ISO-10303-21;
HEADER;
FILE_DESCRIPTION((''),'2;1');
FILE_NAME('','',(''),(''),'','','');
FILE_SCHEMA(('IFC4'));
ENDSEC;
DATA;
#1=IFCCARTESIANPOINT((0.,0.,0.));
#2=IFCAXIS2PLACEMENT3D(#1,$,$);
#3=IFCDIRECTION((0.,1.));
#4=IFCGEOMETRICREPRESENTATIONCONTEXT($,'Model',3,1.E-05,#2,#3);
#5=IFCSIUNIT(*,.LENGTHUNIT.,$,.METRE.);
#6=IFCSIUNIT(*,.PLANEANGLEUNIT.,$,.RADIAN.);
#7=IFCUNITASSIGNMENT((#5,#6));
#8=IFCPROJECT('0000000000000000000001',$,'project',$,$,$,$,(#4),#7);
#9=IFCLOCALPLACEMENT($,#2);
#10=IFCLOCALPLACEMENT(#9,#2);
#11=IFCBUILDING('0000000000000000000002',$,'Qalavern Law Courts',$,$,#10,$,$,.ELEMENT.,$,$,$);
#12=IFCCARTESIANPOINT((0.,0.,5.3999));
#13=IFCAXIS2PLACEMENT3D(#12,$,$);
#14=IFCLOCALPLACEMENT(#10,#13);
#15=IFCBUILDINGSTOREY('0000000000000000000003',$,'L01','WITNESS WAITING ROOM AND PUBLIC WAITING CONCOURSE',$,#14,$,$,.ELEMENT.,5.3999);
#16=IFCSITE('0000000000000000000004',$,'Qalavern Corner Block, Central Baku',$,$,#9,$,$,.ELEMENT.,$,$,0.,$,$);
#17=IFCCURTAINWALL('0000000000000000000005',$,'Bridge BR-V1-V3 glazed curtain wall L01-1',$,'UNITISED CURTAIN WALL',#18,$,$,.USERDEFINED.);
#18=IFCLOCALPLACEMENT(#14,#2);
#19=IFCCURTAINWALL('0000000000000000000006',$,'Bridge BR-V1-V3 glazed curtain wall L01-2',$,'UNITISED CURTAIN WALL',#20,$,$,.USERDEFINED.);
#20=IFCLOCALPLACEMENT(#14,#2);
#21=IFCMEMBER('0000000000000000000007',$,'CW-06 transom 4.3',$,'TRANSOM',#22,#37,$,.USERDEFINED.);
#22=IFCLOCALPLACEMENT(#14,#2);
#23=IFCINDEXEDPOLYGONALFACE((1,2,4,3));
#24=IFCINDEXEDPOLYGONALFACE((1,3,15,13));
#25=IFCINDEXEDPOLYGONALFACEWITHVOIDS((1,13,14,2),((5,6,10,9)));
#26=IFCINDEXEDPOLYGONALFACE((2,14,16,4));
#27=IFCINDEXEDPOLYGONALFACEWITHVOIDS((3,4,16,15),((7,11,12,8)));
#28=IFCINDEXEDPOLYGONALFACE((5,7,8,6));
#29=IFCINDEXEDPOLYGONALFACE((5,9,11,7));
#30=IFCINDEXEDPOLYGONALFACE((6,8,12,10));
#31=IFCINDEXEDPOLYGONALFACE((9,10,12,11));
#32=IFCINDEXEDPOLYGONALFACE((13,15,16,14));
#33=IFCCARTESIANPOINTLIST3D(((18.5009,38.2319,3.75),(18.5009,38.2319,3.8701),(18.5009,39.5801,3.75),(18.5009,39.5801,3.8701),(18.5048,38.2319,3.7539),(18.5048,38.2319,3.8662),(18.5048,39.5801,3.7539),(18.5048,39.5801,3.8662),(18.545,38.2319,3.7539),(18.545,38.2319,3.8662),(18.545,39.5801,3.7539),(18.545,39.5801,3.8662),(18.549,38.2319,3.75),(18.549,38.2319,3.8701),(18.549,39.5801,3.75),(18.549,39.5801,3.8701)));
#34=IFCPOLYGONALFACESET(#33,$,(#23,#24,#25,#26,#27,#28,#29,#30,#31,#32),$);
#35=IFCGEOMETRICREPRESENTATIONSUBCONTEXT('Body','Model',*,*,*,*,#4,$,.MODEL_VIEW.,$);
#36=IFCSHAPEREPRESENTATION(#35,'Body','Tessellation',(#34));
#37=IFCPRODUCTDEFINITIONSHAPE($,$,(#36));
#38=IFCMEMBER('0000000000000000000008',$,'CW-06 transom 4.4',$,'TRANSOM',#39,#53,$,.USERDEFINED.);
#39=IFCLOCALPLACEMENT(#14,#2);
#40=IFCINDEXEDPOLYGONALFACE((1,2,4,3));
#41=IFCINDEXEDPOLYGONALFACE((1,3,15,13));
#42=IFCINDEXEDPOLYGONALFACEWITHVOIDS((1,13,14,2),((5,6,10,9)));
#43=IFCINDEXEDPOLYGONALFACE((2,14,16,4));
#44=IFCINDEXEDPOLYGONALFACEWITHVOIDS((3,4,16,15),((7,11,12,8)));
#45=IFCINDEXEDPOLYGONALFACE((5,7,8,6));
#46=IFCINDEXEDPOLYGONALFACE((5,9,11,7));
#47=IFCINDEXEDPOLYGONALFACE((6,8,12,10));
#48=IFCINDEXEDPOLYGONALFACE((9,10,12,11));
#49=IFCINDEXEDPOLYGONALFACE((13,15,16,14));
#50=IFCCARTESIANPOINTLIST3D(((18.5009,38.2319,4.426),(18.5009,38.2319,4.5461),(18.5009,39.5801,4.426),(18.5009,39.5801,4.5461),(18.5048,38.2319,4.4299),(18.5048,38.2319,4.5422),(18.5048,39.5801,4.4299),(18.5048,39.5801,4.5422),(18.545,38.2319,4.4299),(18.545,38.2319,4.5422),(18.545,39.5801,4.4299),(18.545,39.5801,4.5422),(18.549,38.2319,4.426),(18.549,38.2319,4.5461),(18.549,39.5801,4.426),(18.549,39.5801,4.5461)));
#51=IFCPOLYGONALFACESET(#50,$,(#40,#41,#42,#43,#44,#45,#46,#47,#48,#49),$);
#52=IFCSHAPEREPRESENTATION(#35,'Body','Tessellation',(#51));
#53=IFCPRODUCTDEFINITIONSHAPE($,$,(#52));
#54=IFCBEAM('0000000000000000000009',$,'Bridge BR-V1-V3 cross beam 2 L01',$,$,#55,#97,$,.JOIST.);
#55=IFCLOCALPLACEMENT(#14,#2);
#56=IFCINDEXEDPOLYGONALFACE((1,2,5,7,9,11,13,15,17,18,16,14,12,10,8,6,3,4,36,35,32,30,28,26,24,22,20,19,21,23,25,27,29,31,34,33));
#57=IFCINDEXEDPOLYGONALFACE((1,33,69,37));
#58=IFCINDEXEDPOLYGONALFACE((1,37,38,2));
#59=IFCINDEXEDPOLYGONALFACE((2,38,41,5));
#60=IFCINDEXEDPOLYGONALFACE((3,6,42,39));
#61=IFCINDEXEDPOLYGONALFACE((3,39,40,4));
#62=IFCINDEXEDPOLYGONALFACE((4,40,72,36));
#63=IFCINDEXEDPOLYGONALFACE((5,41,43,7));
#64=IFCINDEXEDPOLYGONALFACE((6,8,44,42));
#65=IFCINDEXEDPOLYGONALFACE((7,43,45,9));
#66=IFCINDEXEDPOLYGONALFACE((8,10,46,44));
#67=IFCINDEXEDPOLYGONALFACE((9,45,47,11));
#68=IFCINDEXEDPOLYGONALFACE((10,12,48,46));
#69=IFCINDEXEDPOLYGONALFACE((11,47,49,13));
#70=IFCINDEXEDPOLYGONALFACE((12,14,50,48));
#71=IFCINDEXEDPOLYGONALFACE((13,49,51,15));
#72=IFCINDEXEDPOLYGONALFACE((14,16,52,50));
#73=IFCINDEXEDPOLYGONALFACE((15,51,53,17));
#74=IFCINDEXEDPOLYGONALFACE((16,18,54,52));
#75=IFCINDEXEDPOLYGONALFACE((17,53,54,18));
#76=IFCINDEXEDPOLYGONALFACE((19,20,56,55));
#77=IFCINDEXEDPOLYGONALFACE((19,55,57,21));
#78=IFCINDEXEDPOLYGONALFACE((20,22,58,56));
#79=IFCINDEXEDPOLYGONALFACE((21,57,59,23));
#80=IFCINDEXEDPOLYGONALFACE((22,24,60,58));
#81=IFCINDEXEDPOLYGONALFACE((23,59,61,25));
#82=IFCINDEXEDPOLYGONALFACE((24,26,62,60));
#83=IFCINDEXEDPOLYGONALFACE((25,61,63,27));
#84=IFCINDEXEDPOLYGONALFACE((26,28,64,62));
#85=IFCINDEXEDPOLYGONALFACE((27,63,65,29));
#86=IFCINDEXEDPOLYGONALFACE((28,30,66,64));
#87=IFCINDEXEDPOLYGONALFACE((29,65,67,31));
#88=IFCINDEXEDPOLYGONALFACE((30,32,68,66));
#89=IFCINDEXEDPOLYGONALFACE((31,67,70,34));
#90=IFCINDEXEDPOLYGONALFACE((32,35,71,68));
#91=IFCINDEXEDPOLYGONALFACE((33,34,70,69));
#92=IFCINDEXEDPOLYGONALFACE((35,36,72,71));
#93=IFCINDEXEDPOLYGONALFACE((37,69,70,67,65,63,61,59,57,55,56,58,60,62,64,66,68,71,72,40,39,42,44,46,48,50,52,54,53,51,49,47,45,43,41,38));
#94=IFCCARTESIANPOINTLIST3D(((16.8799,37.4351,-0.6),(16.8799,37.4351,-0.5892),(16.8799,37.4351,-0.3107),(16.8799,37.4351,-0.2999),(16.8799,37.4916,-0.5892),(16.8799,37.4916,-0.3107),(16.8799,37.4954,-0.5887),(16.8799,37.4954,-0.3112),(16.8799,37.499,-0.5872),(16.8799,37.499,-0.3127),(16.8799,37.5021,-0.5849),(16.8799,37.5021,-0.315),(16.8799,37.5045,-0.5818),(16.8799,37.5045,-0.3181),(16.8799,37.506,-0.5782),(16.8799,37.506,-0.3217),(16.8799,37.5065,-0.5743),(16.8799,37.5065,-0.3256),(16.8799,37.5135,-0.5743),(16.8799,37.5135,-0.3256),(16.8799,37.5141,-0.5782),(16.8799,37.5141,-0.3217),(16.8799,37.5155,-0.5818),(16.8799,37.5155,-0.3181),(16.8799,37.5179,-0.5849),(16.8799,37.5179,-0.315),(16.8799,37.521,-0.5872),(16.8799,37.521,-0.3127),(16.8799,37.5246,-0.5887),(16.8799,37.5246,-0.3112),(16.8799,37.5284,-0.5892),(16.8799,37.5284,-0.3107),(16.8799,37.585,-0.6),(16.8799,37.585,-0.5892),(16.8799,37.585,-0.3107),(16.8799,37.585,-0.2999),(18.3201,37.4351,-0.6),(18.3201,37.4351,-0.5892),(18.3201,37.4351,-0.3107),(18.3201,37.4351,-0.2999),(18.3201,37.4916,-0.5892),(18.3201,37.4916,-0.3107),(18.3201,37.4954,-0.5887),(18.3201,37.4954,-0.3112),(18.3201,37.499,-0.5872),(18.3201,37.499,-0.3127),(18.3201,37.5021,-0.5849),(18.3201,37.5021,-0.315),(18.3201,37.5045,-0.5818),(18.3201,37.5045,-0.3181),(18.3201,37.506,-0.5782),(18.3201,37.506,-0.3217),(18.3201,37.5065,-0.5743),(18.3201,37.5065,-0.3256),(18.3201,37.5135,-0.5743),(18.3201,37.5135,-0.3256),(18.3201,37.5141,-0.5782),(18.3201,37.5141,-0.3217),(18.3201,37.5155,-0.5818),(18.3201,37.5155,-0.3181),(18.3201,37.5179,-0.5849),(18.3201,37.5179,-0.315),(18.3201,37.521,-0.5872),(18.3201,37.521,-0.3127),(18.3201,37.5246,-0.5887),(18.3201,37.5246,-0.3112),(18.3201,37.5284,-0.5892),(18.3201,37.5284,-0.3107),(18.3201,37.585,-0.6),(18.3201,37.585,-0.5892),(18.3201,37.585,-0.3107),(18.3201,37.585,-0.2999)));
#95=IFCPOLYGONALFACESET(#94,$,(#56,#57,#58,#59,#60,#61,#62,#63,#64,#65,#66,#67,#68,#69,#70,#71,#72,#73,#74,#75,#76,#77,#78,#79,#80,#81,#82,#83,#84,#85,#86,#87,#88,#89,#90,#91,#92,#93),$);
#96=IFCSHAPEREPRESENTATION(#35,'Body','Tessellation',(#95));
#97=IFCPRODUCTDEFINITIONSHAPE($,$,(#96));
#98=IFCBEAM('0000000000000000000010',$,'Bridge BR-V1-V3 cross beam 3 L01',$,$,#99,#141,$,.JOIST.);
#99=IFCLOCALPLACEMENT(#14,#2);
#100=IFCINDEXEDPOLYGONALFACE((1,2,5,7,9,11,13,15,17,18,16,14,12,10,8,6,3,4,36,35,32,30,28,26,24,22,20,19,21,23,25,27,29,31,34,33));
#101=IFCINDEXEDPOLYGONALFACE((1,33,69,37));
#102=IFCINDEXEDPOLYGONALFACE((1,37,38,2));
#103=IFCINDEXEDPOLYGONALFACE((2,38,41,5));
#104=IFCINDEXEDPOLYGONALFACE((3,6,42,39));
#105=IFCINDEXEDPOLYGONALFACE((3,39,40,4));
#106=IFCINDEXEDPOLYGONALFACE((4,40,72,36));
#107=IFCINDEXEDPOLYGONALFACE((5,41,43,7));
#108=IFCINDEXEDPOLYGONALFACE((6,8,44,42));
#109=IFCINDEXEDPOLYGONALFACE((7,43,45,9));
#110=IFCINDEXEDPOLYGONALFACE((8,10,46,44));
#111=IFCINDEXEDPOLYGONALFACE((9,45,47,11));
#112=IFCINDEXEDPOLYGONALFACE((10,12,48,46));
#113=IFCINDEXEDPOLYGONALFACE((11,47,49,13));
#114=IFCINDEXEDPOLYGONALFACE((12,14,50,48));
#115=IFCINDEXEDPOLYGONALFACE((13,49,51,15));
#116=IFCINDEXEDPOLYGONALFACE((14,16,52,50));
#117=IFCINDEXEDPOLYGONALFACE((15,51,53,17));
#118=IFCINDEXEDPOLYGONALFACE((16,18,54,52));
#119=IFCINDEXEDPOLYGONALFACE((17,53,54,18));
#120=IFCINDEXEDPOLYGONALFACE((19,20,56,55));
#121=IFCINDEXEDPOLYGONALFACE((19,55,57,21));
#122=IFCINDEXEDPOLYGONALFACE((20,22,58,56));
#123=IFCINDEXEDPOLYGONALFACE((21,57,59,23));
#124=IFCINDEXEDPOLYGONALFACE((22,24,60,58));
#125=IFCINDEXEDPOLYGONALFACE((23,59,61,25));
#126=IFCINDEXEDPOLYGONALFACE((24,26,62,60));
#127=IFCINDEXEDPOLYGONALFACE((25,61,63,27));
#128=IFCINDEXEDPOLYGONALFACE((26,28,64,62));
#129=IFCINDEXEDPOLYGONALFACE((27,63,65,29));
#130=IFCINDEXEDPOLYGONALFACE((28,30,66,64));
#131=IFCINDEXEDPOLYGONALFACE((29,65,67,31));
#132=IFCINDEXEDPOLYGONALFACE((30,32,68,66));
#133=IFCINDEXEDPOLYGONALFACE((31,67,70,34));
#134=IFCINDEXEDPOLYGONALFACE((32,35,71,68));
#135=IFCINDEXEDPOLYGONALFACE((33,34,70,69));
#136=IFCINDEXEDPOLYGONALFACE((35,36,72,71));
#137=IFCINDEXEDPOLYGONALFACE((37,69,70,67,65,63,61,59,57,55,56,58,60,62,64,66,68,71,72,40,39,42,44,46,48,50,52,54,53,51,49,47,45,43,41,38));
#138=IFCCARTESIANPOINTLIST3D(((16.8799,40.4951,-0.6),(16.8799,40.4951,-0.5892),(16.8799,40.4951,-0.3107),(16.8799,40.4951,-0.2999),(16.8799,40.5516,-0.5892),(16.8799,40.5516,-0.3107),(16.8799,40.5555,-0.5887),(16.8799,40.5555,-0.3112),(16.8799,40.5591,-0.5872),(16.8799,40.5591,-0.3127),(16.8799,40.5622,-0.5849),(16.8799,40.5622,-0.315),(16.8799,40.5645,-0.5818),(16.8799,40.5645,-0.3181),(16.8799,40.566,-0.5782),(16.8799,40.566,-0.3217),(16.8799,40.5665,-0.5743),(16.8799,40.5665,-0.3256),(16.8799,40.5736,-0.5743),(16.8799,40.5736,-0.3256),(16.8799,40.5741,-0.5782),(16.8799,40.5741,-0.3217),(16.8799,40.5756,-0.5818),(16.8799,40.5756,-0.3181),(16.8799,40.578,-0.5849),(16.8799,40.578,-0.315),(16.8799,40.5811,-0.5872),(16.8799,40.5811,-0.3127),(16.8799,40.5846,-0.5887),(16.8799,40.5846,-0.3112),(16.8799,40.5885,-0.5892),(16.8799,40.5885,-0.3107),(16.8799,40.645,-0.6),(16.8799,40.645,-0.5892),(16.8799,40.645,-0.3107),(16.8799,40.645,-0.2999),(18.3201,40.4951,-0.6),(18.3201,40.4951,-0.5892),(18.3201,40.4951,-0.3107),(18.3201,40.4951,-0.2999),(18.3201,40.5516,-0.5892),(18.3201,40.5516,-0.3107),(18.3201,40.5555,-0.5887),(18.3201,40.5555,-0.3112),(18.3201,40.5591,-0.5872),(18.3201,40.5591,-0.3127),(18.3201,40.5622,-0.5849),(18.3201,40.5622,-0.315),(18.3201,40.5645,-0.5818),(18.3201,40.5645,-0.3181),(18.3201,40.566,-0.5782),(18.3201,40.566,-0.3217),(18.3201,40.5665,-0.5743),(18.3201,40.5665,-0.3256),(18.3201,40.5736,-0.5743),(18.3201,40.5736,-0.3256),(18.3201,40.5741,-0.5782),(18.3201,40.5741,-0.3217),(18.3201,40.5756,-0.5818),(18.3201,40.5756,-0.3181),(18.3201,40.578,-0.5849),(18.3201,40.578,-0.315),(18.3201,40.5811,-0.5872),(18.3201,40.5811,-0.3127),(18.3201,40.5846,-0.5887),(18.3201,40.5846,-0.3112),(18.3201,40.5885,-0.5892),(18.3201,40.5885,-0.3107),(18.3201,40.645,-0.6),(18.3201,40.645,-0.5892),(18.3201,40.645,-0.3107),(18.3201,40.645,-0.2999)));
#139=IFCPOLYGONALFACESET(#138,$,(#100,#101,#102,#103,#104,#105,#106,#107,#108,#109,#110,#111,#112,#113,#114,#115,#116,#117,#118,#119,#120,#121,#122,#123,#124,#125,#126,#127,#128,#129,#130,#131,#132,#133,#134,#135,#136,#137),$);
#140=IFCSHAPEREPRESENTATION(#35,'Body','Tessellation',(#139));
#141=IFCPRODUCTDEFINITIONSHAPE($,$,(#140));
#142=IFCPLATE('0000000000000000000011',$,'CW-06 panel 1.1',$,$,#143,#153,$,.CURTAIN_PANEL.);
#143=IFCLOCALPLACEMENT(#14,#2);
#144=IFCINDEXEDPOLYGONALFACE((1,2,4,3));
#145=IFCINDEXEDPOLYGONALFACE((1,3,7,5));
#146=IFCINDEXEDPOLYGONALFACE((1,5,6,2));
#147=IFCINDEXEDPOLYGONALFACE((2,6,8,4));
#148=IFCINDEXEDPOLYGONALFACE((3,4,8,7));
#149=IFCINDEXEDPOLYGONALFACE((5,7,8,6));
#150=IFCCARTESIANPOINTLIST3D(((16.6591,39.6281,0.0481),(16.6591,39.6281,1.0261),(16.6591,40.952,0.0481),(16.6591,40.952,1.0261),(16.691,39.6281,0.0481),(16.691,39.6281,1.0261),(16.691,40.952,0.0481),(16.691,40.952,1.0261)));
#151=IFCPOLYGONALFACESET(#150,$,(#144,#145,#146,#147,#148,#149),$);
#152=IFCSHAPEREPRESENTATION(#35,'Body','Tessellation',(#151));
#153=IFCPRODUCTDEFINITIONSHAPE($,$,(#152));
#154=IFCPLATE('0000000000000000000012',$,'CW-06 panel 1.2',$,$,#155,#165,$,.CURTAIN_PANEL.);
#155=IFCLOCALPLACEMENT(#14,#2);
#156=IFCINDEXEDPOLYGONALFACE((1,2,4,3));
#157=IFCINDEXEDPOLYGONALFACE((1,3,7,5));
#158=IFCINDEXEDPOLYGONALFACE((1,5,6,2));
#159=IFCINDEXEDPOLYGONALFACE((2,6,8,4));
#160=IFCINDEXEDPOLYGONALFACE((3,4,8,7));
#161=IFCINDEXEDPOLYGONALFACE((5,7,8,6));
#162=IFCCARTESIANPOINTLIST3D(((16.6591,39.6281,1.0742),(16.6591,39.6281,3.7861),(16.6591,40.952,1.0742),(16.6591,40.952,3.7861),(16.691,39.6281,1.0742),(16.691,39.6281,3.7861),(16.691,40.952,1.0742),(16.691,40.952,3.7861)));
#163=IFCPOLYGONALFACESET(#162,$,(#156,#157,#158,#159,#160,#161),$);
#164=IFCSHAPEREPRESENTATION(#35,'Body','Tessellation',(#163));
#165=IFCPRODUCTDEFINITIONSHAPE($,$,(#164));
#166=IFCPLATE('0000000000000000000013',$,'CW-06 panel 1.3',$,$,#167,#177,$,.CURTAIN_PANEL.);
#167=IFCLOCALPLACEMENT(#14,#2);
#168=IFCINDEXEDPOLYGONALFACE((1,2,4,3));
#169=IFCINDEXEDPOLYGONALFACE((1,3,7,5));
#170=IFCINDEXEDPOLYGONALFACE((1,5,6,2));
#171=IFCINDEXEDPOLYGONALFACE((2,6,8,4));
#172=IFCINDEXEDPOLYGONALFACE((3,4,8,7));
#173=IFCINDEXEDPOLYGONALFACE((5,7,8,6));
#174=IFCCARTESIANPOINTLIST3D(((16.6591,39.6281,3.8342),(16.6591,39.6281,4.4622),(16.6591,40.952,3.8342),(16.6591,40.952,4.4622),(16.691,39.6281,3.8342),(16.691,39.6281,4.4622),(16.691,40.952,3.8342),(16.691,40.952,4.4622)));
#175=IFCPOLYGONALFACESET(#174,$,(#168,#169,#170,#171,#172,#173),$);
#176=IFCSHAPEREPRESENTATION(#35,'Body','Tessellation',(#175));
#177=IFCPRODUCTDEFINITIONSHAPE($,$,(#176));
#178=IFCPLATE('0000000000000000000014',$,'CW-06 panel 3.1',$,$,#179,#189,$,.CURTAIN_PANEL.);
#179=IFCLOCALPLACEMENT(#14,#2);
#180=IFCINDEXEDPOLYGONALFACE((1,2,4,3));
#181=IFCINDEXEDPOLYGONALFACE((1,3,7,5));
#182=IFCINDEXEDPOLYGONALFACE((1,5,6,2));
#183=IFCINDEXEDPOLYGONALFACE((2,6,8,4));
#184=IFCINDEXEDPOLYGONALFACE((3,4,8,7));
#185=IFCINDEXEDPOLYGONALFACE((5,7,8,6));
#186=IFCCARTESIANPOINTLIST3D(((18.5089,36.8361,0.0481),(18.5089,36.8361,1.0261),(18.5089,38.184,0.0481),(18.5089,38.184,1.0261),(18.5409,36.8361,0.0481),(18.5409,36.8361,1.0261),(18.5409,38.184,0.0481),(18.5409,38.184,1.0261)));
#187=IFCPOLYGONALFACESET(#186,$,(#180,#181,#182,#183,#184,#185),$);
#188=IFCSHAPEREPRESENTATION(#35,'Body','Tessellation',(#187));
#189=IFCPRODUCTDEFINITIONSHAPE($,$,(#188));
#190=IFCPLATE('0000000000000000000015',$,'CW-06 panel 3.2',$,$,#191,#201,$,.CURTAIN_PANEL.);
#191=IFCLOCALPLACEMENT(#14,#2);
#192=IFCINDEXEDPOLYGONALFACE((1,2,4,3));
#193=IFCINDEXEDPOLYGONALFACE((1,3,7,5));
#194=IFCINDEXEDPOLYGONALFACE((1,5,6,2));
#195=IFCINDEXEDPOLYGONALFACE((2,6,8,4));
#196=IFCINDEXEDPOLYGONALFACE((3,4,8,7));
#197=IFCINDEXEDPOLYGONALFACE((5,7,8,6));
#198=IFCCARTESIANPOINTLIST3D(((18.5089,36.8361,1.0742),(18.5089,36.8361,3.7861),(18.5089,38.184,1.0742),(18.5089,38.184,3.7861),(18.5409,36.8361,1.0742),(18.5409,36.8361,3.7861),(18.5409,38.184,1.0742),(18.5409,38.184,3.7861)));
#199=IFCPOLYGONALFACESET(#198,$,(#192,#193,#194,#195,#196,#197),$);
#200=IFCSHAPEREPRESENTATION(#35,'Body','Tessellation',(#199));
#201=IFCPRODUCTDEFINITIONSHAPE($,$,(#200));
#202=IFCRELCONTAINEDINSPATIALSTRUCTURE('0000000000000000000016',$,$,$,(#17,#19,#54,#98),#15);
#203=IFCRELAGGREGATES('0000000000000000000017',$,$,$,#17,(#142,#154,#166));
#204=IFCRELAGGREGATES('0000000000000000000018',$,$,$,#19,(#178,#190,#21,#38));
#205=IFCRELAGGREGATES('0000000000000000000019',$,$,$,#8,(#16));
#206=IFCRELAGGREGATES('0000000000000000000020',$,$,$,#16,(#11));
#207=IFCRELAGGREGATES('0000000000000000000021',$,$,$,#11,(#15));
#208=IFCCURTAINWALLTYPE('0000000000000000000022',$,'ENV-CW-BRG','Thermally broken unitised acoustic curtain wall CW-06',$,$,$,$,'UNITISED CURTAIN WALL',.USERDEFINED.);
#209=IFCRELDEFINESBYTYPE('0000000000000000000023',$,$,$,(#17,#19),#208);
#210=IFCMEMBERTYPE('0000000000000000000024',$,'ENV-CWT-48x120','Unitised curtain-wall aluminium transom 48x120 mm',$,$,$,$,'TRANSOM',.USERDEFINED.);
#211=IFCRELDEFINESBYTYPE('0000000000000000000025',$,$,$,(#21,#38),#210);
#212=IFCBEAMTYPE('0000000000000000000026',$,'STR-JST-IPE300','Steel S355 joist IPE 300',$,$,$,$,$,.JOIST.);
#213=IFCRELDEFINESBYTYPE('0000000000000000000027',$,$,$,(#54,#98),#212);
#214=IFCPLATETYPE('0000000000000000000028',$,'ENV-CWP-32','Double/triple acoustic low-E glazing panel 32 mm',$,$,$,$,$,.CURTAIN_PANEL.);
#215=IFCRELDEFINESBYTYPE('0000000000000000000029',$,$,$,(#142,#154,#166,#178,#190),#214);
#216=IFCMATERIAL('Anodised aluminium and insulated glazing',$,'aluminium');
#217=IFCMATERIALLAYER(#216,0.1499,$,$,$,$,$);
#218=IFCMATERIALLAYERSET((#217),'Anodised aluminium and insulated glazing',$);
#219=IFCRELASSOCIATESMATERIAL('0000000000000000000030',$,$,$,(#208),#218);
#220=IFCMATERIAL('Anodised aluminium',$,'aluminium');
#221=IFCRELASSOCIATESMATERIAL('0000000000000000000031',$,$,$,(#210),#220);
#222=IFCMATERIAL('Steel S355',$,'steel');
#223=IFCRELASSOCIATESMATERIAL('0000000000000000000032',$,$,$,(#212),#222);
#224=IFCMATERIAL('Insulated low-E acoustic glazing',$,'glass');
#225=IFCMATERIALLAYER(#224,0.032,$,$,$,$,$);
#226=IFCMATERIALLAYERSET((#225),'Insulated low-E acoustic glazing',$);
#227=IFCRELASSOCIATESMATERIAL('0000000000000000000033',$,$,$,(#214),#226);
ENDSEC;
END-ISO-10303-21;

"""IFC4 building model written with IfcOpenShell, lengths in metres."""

from ifc_helpers import new_model, si_unit, direction, frame, origin, origin_2d, place, context, subcontext, project, spatial, rectangle, hollow_rectangle, i_section, extrude, material, layer, layer_set, material_profile, profile_set, type_object, element, aggregate, save


model = new_model("IFC4")

# Units and contexts
model_context = context("Model", 3, precision=1e-05, world=origin(), true_north=direction((0.0, 1.0)))
body_context = subcontext(model_context, "Body", "Model", "MODEL_VIEW")
ifc_project = project(units=[si_unit("LENGTHUNIT", "METRE"), si_unit("PLANEANGLEUNIT", "RADIAN")], contexts=[model_context])

# Site, building, storey
site_placement = place(None, origin())
site = spatial("IfcSite", under=ifc_project, at=site_placement, Name="Qalavern Corner Block, Central Baku", CompositionType="ELEMENT", RefElevation=0.0)
building_placement = place(site_placement, origin())
building = spatial("IfcBuilding", under=site, at=building_placement, Name="Qalavern Law Courts", CompositionType="ELEMENT")
storey_placement = place(building_placement, frame((0.0, 0.0, 5.3999)))
storey = spatial("IfcBuildingStorey", under=building, at=storey_placement, Name="L01", Description="WITNESS WAITING ROOM AND PUBLIC WAITING CONCOURSE", CompositionType="ELEMENT", Elevation=5.3999)

# Curtain wall
ifc_material_1 = material(Name="Anodised aluminium and insulated glazing", Category="aluminium")
ifc_layer_1 = layer(ifc_material_1, 0.1499)
ifc_layer_set_1 = layer_set([ifc_layer_1], Name="Anodised aluminium and insulated glazing")
curtain_wall_type = type_object("IfcCurtainWallType", Name="ENV-CW-BRG", Description="Thermally broken unitised acoustic curtain wall CW-06", ElementType="UNITISED CURTAIN WALL", PredefinedType="USERDEFINED", material=ifc_layer_set_1)
curtain_wall_1_placement = place(storey_placement, origin())
curtain_wall_1 = element("IfcCurtainWall", 1, at=curtain_wall_1_placement, inside=storey, type_object=curtain_wall_type, Name="Bridge BR-V1-V3 glazed curtain wall L01-1", ObjectType="UNITISED CURTAIN WALL", PredefinedType="USERDEFINED")
ifc_material_2 = material(Name="Anodised aluminium", Category="aluminium")

# Curtain wall
curtain_wall_2_placement = place(storey_placement, origin())
curtain_wall_2 = element("IfcCurtainWall", 2, at=curtain_wall_2_placement, inside=storey, type_object=curtain_wall_type, Name="Bridge BR-V1-V3 glazed curtain wall L01-2", ObjectType="UNITISED CURTAIN WALL", PredefinedType="USERDEFINED")

# Members
ifc_material_profile_1 = material_profile(ifc_material_2, hollow_rectangle(XDim=0.0481, YDim=0.1201, WallThickness=0.0039, at=origin_2d()), Name="ALU TRANSOM 48x120")
ifc_profile_set_1 = profile_set([ifc_material_profile_1], Name="Anodised aluminium")
member_type_1 = type_object("IfcMemberType", Name="ENV-CWT-48x120", Description="Unitised curtain-wall aluminium transom 48x120 mm", ElementType="TRANSOM", PredefinedType="USERDEFINED", material=ifc_profile_set_1)
member_1_placement = place(storey_placement, frame((18.5249, 38.2319, 3.8101), z_axis=(0.0, 1.0, 0.0), x_axis=(-1.0, 0.0, 0.0)))
member_1 = element("IfcMember", 3, at=member_1_placement, type_object=member_type_1, Name="CW-06 transom 4.3", ObjectType="TRANSOM", PredefinedType="USERDEFINED", context=body_context, shape_type="SweptSolid", body=[
    extrude(hollow_rectangle(XDim=0.0481, YDim=0.1201, WallThickness=0.0039, at=origin_2d()), origin(), (0.0, 0.0, 1.0), 1.3481),
])
member_2_placement = place(storey_placement, frame((18.5249, 38.2319, 4.4861), z_axis=(0.0, 1.0, 0.0), x_axis=(-1.0, 0.0, 0.0)))
member_2 = element("IfcMember", 4, at=member_2_placement, type_object=member_type_1, Name="CW-06 transom 4.4", ObjectType="TRANSOM", PredefinedType="USERDEFINED", context=body_context, shape_type="SweptSolid", body=[
    extrude(hollow_rectangle(XDim=0.0481, YDim=0.1201, WallThickness=0.0039, at=origin_2d()), origin(), (0.0, 0.0, 1.0), 1.3481),
])

# Beams
ifc_material_3 = material(Name="Steel S355", Category="steel")
ifc_material_profile_2 = material_profile(ifc_material_3, i_section(OverallWidth=0.1499, OverallDepth=0.3, WebThickness=0.0071, FlangeThickness=0.0107, FilletRadius=0.0149, at=origin_2d()), Name="IPE 300")
ifc_profile_set_2 = profile_set([ifc_material_profile_2], Name="Steel S355")
beam_type = type_object("IfcBeamType", Name="STR-JST-IPE300", Description="Steel S355 joist IPE 300", PredefinedType="JOIST", material=ifc_profile_set_2)
for number, where, z_axis, x_axis, name in (
    (5, (16.8799, 37.51, -0.45), (1.0, 0.0, 0.0), (0.0, 1.0, 0.0), "Bridge BR-V1-V3 cross beam 2 L01"),
    (6, (16.8799, 40.5701, -0.45), (1.0, 0.0, 0.0), (0.0, 1.0, 0.0), "Bridge BR-V1-V3 cross beam 3 L01"),
):
    element("IfcBeam", number, at=place(storey_placement, frame(where, z_axis=z_axis, x_axis=x_axis)), inside=storey, type_object=beam_type, Name=name, PredefinedType="JOIST", context=body_context, shape_type="SweptSolid", body=[
        extrude(i_section(OverallWidth=0.1499, OverallDepth=0.3, WebThickness=0.0071, FlangeThickness=0.0107, FilletRadius=0.0149, at=origin_2d()), origin(), (0.0, 0.0, 1.0), 1.4402),
    ])

# Plates
ifc_material_4 = material(Name="Insulated low-E acoustic glazing", Category="glass")
ifc_layer_2 = layer(ifc_material_4, 0.032)
ifc_layer_set_2 = layer_set([ifc_layer_2], Name="Insulated low-E acoustic glazing")
plate_type = type_object("IfcPlateType", Name="ENV-CWP-32", Description="Double/triple acoustic low-E glazing panel 32 mm", PredefinedType="CURTAIN_PANEL", material=ifc_layer_set_2)
plate_1_placement = place(storey_placement, frame((16.675, 40.29, 0.0481), z_axis=(0.0, 0.0, 1.0), x_axis=(0.0, -1.0, 0.0)))
plate_1 = element("IfcPlate", 7, at=plate_1_placement, type_object=plate_type, Name="CW-06 panel 1.1", PredefinedType="CURTAIN_PANEL", context=body_context, shape_type="SweptSolid", body=[
    extrude(rectangle(XDim=1.324, YDim=0.032, at=origin_2d()), origin(), (0.0, 0.0, 1.0), 0.978),
])
plate_2_placement = place(storey_placement, frame((16.675, 40.29, 1.0742), z_axis=(0.0, 0.0, 1.0), x_axis=(0.0, -1.0, 0.0)))
plate_2 = element("IfcPlate", 8, at=plate_2_placement, type_object=plate_type, Name="CW-06 panel 1.2", PredefinedType="CURTAIN_PANEL", context=body_context, shape_type="SweptSolid", body=[
    extrude(rectangle(XDim=1.324, YDim=0.032, at=origin_2d()), origin(), (0.0, 0.0, 1.0), 2.7119),
])
plate_3_placement = place(storey_placement, frame((16.675, 40.29, 3.8342), z_axis=(0.0, 0.0, 1.0), x_axis=(0.0, -1.0, 0.0)))
plate_3 = element("IfcPlate", 9, at=plate_3_placement, type_object=plate_type, Name="CW-06 panel 1.3", PredefinedType="CURTAIN_PANEL", context=body_context, shape_type="SweptSolid", body=[
    extrude(rectangle(XDim=1.324, YDim=0.032, at=origin_2d()), origin(), (0.0, 0.0, 1.0), 0.6279),
])
aggregate(curtain_wall_1, [plate_1, plate_2, plate_3])
plate_4_placement = place(storey_placement, frame((18.5249, 37.51, 0.0481), z_axis=(0.0, 0.0, 1.0), x_axis=(0.0, 1.0, 0.0)))
plate_4 = element("IfcPlate", 10, at=plate_4_placement, type_object=plate_type, Name="CW-06 panel 3.1", PredefinedType="CURTAIN_PANEL", context=body_context, shape_type="SweptSolid", body=[
    extrude(rectangle(XDim=1.3479, YDim=0.032, at=origin_2d()), origin(), (0.0, 0.0, 1.0), 0.978),
])
plate_5_placement = place(storey_placement, frame((18.5249, 37.51, 1.0742), z_axis=(0.0, 0.0, 1.0), x_axis=(0.0, 1.0, 0.0)))
plate_5 = element("IfcPlate", 11, at=plate_5_placement, type_object=plate_type, Name="CW-06 panel 3.2", PredefinedType="CURTAIN_PANEL", context=body_context, shape_type="SweptSolid", body=[
    extrude(rectangle(XDim=1.3479, YDim=0.032, at=origin_2d()), origin(), (0.0, 0.0, 1.0), 2.7119),
])
aggregate(curtain_wall_2, [plate_4, plate_5, member_1, member_2])

save(model, "model.ifc")
